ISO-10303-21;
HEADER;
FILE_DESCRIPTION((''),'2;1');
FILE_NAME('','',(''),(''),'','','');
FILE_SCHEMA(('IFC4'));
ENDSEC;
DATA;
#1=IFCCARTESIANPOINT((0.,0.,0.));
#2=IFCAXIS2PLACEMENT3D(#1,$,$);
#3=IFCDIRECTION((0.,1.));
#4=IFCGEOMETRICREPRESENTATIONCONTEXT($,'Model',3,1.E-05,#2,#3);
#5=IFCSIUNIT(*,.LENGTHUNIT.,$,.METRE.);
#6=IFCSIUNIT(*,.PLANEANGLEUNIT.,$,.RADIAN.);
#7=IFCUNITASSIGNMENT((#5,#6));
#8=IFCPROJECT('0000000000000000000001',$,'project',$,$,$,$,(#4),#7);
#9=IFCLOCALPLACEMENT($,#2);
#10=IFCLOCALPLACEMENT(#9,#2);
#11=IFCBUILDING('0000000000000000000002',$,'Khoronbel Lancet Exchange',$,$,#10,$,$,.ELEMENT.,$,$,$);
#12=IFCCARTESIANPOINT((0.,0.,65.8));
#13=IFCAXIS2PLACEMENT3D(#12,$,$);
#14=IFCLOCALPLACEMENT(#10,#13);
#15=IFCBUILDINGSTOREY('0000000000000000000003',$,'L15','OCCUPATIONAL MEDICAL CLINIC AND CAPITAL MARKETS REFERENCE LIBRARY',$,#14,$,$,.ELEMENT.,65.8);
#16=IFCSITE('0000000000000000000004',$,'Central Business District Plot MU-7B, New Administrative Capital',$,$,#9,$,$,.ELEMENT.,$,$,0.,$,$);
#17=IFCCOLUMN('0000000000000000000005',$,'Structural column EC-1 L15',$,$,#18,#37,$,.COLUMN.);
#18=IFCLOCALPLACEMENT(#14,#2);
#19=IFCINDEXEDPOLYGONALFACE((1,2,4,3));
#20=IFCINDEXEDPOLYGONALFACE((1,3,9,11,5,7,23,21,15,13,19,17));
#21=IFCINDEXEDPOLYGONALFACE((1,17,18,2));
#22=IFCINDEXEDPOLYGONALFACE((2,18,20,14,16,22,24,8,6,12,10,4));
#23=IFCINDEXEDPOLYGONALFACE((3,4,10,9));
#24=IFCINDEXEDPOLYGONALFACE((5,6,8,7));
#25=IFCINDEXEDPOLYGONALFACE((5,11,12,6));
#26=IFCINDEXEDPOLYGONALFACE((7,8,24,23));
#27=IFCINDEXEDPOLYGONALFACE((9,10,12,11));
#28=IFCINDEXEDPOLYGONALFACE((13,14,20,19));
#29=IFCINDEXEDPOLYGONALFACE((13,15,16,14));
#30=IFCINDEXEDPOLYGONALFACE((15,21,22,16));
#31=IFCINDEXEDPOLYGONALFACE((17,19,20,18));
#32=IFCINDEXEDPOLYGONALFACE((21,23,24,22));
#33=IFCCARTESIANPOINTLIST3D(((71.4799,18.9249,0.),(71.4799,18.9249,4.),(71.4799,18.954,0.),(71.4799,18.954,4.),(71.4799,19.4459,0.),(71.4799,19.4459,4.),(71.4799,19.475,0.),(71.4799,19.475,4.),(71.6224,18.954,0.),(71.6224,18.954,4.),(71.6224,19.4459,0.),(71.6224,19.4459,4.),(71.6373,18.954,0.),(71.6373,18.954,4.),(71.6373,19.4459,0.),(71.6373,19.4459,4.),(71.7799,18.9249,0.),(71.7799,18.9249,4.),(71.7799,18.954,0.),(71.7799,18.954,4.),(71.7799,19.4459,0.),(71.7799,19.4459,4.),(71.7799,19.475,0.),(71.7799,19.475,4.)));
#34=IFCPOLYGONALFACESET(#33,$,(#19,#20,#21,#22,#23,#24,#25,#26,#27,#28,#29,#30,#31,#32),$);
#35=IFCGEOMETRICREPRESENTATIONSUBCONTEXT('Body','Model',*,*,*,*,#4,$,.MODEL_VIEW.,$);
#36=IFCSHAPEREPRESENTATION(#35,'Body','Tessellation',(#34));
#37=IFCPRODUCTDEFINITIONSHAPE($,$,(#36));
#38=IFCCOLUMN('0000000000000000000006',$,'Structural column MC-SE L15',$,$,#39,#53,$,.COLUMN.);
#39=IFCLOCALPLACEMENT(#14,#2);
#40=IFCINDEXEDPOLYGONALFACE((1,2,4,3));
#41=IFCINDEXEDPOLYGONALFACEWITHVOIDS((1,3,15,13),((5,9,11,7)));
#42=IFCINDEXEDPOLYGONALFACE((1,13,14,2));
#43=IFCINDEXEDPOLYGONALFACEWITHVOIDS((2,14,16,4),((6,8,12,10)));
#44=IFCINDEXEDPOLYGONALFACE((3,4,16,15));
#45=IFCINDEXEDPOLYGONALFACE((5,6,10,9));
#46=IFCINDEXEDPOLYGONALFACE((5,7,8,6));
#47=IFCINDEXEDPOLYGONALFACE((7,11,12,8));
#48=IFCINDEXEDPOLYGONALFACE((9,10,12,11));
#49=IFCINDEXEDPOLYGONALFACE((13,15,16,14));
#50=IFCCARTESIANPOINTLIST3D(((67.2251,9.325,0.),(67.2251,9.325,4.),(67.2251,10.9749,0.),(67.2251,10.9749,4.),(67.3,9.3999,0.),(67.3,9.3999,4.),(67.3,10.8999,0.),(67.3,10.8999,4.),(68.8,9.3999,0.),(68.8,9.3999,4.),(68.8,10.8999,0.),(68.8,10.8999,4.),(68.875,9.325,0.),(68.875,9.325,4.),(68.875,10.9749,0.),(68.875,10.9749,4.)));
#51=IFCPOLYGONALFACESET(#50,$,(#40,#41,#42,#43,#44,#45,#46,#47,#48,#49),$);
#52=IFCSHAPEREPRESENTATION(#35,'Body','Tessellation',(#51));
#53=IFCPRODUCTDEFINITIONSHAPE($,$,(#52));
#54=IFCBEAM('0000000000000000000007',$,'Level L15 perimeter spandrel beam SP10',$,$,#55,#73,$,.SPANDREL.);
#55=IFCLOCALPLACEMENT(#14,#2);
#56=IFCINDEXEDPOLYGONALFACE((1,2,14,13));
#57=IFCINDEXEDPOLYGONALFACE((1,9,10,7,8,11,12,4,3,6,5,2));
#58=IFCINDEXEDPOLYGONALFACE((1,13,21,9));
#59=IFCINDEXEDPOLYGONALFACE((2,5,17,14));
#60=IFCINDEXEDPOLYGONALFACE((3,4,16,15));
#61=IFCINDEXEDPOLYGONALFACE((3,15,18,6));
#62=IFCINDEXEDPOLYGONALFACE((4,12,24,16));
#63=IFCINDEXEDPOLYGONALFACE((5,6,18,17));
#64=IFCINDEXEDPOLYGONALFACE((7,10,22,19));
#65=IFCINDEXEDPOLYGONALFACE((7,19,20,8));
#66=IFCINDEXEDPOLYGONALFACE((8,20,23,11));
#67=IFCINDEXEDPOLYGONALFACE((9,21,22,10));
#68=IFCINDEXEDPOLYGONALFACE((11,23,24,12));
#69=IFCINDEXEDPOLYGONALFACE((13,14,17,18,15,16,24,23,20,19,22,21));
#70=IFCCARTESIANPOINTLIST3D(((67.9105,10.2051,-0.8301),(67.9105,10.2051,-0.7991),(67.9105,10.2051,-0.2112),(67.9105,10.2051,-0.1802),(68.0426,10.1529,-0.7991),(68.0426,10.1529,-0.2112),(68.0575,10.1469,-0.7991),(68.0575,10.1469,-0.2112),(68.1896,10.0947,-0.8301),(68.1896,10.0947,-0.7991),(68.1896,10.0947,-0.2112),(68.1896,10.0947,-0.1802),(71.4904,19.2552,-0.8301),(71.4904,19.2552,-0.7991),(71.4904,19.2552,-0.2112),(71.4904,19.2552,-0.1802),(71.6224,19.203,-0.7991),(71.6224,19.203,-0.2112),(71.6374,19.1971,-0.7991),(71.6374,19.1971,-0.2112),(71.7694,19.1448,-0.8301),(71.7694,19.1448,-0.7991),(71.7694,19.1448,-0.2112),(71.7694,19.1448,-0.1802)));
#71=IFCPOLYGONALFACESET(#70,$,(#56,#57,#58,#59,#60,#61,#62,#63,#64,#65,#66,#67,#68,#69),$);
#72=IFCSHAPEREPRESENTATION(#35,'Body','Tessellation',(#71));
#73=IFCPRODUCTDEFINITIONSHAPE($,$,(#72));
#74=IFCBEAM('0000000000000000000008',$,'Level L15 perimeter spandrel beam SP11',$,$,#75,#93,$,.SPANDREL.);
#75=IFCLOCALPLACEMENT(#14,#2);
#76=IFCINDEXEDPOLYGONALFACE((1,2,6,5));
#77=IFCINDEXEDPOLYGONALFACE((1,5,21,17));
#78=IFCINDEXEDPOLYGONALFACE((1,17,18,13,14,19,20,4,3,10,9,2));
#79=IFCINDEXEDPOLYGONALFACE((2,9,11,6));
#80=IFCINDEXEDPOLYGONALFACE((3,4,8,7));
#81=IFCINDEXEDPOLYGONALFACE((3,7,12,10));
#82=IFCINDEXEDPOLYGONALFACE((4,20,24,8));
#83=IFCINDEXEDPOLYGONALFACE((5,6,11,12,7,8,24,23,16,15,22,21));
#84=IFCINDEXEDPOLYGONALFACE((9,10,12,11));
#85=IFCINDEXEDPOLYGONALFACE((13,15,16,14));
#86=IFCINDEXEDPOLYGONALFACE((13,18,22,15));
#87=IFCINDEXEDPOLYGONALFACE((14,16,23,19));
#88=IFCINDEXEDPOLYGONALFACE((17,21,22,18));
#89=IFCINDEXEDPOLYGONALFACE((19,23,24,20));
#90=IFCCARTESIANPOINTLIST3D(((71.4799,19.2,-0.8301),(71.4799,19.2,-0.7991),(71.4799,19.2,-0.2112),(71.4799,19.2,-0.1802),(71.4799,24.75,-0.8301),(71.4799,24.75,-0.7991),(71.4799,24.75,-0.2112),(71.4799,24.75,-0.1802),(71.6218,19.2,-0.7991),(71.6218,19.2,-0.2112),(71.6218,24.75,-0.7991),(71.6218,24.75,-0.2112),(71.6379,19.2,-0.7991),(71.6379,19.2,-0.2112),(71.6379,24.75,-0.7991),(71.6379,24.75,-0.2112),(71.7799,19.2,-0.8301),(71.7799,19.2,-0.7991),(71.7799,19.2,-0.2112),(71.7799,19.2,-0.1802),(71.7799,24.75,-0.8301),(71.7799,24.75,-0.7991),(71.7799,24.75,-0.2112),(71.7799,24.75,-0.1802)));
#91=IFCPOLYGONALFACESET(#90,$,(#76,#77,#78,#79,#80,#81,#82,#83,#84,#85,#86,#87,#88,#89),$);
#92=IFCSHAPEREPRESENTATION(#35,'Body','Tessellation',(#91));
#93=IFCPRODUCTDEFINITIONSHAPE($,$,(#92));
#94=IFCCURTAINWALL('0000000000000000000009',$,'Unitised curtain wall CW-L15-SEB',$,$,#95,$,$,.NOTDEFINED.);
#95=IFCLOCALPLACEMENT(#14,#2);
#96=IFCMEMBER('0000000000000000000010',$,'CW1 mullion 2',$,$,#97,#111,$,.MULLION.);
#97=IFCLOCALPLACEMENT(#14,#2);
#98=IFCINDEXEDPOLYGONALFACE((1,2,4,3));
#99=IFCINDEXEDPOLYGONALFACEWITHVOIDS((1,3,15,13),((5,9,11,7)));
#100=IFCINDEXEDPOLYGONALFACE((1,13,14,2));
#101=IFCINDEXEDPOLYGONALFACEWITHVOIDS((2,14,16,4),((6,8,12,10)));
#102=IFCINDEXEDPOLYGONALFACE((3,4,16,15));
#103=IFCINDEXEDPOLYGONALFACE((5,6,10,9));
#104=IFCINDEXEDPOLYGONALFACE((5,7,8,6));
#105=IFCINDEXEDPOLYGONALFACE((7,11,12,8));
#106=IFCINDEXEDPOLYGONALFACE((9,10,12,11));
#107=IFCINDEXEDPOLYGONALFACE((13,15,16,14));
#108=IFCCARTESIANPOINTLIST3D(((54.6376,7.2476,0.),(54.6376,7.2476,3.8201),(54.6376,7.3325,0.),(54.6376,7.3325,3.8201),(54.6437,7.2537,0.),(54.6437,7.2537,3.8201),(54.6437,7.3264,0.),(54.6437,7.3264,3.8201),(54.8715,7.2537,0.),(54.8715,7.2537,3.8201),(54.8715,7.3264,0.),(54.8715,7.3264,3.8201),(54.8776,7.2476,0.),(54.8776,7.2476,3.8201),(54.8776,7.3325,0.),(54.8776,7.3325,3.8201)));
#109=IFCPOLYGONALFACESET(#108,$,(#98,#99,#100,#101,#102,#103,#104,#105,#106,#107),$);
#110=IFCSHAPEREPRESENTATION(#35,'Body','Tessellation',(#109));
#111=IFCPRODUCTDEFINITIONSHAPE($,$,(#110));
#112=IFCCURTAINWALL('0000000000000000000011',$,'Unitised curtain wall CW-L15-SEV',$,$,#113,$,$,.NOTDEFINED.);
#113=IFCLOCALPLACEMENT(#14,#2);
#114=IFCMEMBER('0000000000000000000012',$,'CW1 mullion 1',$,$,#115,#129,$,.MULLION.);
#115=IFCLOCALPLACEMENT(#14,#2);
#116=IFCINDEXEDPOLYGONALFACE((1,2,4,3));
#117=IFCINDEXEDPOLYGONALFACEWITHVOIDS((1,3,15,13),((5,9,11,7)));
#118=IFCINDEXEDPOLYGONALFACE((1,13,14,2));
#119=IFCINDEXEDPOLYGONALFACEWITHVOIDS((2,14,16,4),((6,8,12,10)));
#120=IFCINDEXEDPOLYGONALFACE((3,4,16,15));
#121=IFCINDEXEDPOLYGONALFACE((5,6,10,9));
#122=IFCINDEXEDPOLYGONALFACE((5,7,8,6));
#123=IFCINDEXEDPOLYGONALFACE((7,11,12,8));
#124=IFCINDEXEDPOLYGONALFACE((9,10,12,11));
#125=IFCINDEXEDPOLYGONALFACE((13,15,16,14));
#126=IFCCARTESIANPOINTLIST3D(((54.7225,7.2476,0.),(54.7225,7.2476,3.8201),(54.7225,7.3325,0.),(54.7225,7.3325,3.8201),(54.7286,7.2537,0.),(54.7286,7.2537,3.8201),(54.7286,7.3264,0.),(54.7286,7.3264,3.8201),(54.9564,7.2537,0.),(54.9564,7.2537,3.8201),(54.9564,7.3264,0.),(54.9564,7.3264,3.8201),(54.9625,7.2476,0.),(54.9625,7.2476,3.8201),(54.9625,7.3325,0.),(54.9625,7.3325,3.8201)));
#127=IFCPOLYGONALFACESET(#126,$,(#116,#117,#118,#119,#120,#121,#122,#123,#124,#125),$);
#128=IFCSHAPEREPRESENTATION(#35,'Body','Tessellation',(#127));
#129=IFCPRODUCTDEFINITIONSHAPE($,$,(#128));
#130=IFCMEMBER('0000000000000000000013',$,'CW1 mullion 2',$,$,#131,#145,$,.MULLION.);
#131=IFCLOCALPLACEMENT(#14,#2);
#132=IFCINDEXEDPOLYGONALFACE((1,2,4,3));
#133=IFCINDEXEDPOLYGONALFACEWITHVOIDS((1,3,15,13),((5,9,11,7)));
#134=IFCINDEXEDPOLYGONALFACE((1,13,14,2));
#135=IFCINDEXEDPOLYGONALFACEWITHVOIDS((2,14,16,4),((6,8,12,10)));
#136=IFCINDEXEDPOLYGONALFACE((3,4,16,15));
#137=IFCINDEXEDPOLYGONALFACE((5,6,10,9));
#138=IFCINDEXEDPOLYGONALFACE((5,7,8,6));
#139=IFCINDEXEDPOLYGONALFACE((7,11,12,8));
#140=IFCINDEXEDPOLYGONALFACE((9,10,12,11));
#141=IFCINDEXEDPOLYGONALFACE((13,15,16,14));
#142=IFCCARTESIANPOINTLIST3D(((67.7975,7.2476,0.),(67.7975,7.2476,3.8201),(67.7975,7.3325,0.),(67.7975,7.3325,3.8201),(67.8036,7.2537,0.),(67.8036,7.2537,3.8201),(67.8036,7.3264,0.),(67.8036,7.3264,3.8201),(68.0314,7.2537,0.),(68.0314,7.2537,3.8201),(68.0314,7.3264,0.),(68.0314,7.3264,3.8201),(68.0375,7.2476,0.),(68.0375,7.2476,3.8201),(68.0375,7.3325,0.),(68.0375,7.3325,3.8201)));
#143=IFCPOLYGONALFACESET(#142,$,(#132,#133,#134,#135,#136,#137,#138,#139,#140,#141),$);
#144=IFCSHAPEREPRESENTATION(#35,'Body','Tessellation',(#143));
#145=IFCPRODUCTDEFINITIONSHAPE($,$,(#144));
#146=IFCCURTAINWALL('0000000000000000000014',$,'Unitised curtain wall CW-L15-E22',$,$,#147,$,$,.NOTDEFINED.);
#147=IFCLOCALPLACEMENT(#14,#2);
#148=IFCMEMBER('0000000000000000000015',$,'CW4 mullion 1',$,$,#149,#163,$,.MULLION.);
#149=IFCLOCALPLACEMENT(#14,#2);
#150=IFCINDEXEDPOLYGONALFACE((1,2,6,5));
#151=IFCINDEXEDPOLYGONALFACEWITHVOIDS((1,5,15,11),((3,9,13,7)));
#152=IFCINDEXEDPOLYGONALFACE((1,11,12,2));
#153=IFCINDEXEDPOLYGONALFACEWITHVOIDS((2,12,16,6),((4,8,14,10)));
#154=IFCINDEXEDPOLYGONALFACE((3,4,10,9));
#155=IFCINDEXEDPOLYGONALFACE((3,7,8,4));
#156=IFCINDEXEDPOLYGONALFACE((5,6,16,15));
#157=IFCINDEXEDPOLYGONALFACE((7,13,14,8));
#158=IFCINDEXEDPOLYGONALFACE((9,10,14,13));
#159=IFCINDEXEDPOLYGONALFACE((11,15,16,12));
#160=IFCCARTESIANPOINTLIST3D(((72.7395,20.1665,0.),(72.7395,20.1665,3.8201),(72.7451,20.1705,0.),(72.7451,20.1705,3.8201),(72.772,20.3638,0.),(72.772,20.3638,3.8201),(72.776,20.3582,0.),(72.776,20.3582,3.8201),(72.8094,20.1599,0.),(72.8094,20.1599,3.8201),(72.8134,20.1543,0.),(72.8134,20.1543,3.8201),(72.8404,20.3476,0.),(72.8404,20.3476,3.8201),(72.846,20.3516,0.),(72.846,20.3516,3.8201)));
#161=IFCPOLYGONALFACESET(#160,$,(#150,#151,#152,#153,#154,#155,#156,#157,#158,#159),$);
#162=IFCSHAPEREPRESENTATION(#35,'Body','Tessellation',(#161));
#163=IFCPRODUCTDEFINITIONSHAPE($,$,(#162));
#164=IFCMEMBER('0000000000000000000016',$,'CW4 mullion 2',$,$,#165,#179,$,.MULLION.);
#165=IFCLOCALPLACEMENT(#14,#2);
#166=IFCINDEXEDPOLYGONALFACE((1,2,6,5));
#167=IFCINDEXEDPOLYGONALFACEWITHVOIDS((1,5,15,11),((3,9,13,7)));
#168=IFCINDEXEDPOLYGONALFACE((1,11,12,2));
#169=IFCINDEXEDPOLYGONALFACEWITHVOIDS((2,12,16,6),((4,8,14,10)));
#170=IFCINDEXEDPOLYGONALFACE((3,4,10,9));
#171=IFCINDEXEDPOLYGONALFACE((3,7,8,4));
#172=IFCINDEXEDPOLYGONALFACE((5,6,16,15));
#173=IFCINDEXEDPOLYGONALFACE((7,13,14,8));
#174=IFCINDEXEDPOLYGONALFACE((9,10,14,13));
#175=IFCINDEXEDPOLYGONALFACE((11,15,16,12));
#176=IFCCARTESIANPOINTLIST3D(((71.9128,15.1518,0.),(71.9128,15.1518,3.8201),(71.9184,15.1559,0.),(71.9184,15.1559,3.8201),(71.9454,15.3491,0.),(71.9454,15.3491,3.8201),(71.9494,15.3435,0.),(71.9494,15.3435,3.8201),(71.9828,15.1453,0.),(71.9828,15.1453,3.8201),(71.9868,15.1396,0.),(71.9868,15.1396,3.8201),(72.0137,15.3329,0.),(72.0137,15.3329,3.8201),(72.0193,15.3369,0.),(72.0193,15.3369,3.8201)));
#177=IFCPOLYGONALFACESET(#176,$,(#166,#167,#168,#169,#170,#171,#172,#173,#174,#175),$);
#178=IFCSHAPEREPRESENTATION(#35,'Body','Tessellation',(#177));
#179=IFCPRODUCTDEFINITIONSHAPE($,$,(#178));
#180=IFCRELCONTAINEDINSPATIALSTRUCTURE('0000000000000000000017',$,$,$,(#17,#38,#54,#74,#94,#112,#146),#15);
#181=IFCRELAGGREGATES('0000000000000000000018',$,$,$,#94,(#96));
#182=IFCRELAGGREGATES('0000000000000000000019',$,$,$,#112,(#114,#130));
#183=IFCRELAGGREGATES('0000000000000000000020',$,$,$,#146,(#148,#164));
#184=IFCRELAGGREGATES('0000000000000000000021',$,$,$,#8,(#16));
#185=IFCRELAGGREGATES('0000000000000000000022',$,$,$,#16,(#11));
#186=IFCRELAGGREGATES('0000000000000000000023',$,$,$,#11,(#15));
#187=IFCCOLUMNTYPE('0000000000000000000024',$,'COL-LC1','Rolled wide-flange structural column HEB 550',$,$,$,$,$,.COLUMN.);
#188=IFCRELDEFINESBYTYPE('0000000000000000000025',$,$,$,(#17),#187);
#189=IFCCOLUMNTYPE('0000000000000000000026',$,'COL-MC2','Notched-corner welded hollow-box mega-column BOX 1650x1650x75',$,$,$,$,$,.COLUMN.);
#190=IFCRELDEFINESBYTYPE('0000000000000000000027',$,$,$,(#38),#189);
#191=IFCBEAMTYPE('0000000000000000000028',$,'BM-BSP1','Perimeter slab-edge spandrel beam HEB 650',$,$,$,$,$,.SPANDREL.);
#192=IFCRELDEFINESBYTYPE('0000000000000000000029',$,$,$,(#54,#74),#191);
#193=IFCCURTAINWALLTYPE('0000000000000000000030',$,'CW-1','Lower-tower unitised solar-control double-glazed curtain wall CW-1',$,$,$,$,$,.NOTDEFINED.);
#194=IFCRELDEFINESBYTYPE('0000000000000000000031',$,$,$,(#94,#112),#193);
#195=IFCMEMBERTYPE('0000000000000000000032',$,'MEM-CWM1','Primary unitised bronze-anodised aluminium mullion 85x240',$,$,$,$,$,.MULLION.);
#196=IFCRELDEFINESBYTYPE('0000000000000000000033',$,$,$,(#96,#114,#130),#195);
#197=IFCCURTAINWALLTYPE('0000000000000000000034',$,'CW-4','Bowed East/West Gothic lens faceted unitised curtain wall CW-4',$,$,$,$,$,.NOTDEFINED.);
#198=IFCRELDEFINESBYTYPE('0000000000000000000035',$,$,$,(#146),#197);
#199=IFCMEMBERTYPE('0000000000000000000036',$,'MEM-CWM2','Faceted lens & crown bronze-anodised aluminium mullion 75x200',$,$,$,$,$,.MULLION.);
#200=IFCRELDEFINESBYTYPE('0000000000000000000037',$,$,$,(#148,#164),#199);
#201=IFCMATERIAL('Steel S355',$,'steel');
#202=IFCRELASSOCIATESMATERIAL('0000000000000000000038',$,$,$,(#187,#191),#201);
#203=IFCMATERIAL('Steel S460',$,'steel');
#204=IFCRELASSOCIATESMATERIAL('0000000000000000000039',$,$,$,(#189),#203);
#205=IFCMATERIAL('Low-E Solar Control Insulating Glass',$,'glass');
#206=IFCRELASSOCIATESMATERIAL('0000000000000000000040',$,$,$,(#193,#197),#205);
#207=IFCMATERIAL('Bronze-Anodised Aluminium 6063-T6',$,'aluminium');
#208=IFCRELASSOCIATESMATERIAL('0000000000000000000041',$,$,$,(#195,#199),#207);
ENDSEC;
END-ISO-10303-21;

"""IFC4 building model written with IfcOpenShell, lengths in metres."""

from ifc_helpers import new_model, si_unit, direction, frame, origin, origin_2d, place, context, subcontext, project, spatial, hollow_rectangle, i_section, extrude, material, material_profile, profile_set, type_object, element, aggregate, save


model = new_model("IFC4")

# Units and contexts
model_context = context("Model", 3, precision=1e-05, world=origin(), true_north=direction((0.0, 1.0)))
body_context = subcontext(model_context, "Body", "Model", "MODEL_VIEW")
ifc_project = project(units=[si_unit("LENGTHUNIT", "METRE"), si_unit("PLANEANGLEUNIT", "RADIAN")], contexts=[model_context])

# Site, building, storey
site_placement = place(None, origin())
site = spatial("IfcSite", under=ifc_project, at=site_placement, Name="Central Business District Plot MU-7B, New Administrative Capital", CompositionType="ELEMENT", RefElevation=0.0)
building_placement = place(site_placement, origin())
building = spatial("IfcBuilding", under=site, at=building_placement, Name="Khoronbel Lancet Exchange", CompositionType="ELEMENT")
storey_placement = place(building_placement, frame((0.0, 0.0, 65.8)))
storey = spatial("IfcBuildingStorey", under=building, at=storey_placement, Name="L15", Description="OCCUPATIONAL MEDICAL CLINIC AND CAPITAL MARKETS REFERENCE LIBRARY", CompositionType="ELEMENT", Elevation=65.8)

# Columns
ifc_material_1 = material(Name="Steel S355", Category="steel")
ifc_material_profile_1 = material_profile(ifc_material_1, i_section(OverallWidth=0.3, OverallDepth=0.55, WebThickness=0.0149, FlangeThickness=0.0291, at=origin_2d()), Name="HEB 550")
ifc_profile_set_1 = profile_set([ifc_material_profile_1], Name="Steel S355")
column_type_1 = type_object("IfcColumnType", Name="COL-LC1", Description="Rolled wide-flange structural column HEB 550", PredefinedType="COLUMN", material=ifc_profile_set_1)
column_1_placement = place(storey_placement, frame((71.6299, 19.2, 0.0), z_axis=(0.0, 0.0, 1.0), x_axis=(1.0, 0.0, 0.0)))
element("IfcColumn", 1, at=column_1_placement, inside=storey, type_object=column_type_1, Name="Structural column EC-1 L15", PredefinedType="COLUMN", context=body_context, shape_type="SweptSolid", body=[
    extrude(i_section(OverallWidth=0.3, OverallDepth=0.55, WebThickness=0.0149, FlangeThickness=0.0291, at=origin_2d()), origin(), (0.0, 0.0, 1.0), 4.0),
])
ifc_material_2 = material(Name="Steel S460", Category="steel")
ifc_material_profile_2 = material_profile(ifc_material_2, hollow_rectangle(XDim=1.6499, YDim=1.6499, WallThickness=0.075, at=origin_2d()), Name="BOX 1650x1650x75")
ifc_profile_set_2 = profile_set([ifc_material_profile_2], Name="Steel S460")
column_type_2 = type_object("IfcColumnType", Name="COL-MC2", Description="Notched-corner welded hollow-box mega-column BOX 1650x1650x75", PredefinedType="COLUMN", material=ifc_profile_set_2)
column_2_placement = place(storey_placement, frame((68.05, 10.1499, 0.0), z_axis=(0.0, 0.0, 1.0), x_axis=(1.0, 0.0, 0.0)))
element("IfcColumn", 2, at=column_2_placement, inside=storey, type_object=column_type_2, Name="Structural column MC-SE L15", PredefinedType="COLUMN", context=body_context, shape_type="SweptSolid", body=[
    extrude(hollow_rectangle(XDim=1.6499, YDim=1.6499, WallThickness=0.075, at=origin_2d()), origin(), (0.0, 0.0, 1.0), 4.0),
])

# Beams
ifc_material_profile_3 = material_profile(ifc_material_1, i_section(OverallWidth=0.3, OverallDepth=0.6499, WebThickness=0.0161, FlangeThickness=0.031, at=origin_2d()), Name="HEB 650")
ifc_profile_set_3 = profile_set([ifc_material_profile_3], Name="Steel S355")
beam_type = type_object("IfcBeamType", Name="BM-BSP1", Description="Perimeter slab-edge spandrel beam HEB 650", PredefinedType="SPANDREL", material=ifc_profile_set_3)
beam_1_placement = place(storey_placement, frame((68.05, 10.1499, -0.5051), z_axis=(0.367828, 0.929894, 0.0), x_axis=(-0.929894, 0.367828, 0.0)))
element("IfcBeam", 3, at=beam_1_placement, inside=storey, type_object=beam_type, Name="Level L15 perimeter spandrel beam SP10", PredefinedType="SPANDREL", context=body_context, shape_type="SweptSolid", body=[
    extrude(i_section(OverallWidth=0.3, OverallDepth=0.6499, WebThickness=0.0161, FlangeThickness=0.031, at=origin_2d()), origin(), (0.0, 0.0, 1.0), 9.7324),
])
beam_2_placement = place(storey_placement, frame((71.6299, 19.2, -0.5051), z_axis=(0.0, 1.0, 0.0), x_axis=(-1.0, 0.0, 0.0)))
element("IfcBeam", 4, at=beam_2_placement, inside=storey, type_object=beam_type, Name="Level L15 perimeter spandrel beam SP11", PredefinedType="SPANDREL", context=body_context, shape_type="SweptSolid", body=[
    extrude(i_section(OverallWidth=0.3, OverallDepth=0.6499, WebThickness=0.0161, FlangeThickness=0.031, at=origin_2d()), origin(), (0.0, 0.0, 1.0), 5.55),
])

# Curtain wall, member
ifc_material_3 = material(Name="Low-E Solar Control Insulating Glass", Category="glass")
curtain_wall_type_1 = type_object("IfcCurtainWallType", Name="CW-1", Description="Lower-tower unitised solar-control double-glazed curtain wall CW-1", PredefinedType="NOTDEFINED", material=ifc_material_3)
curtain_wall_1_placement = place(storey_placement, origin())
curtain_wall_1 = element("IfcCurtainWall", 5, at=curtain_wall_1_placement, inside=storey, type_object=curtain_wall_type_1, Name="Unitised curtain wall CW-L15-SEB", PredefinedType="NOTDEFINED")
ifc_material_4 = material(Name="Bronze-Anodised Aluminium 6063-T6", Category="aluminium")
ifc_material_profile_4 = material_profile(ifc_material_4, hollow_rectangle(XDim=0.085, YDim=0.24, WallThickness=0.0061, at=origin_2d()), Name="ALU MULLION 85x240")
ifc_profile_set_4 = profile_set([ifc_material_profile_4], Name="Bronze-Anodised Aluminium 6063-T6")
member_type_1 = type_object("IfcMemberType", Name="MEM-CWM1", Description="Primary unitised bronze-anodised aluminium mullion 85x240", PredefinedType="MULLION", material=ifc_profile_set_4)
member_1_placement = place(storey_placement, frame((54.7576, 7.29, 0.0), z_axis=(0.0, 0.0, 1.0), x_axis=(0.0, 1.0, 0.0)))
member_1 = element("IfcMember", 6, at=member_1_placement, type_object=member_type_1, Name="CW1 mullion 2", PredefinedType="MULLION", context=body_context, shape_type="SweptSolid", body=[
    extrude(hollow_rectangle(XDim=0.085, YDim=0.24, WallThickness=0.0061, at=origin_2d()), origin(), (0.0, 0.0, 1.0), 3.8201),
])
aggregate(curtain_wall_1, [member_1])

# Curtain walls, members
curtain_wall_2_placement = place(storey_placement, origin())
curtain_wall_2 = element("IfcCurtainWall", 7, at=curtain_wall_2_placement, inside=storey, type_object=curtain_wall_type_1, Name="Unitised curtain wall CW-L15-SEV", PredefinedType="NOTDEFINED")
member_2_placement = place(storey_placement, frame((54.8425, 7.29, 0.0), z_axis=(0.0, 0.0, 1.0), x_axis=(0.0, 1.0, 0.0)))
member_2 = element("IfcMember", 8, at=member_2_placement, type_object=member_type_1, Name="CW1 mullion 1", PredefinedType="MULLION", context=body_context, shape_type="SweptSolid", body=[
    extrude(hollow_rectangle(XDim=0.085, YDim=0.24, WallThickness=0.0061, at=origin_2d()), origin(), (0.0, 0.0, 1.0), 3.8201),
])
member_3_placement = place(storey_placement, frame((67.9175, 7.29, 0.0), z_axis=(0.0, 0.0, 1.0), x_axis=(0.0, 1.0, 0.0)))
member_3 = element("IfcMember", 9, at=member_3_placement, type_object=member_type_1, Name="CW1 mullion 2", PredefinedType="MULLION", context=body_context, shape_type="SweptSolid", body=[
    extrude(hollow_rectangle(XDim=0.085, YDim=0.24, WallThickness=0.0061, at=origin_2d()), origin(), (0.0, 0.0, 1.0), 3.8201),
])
curtain_wall_type_2 = type_object("IfcCurtainWallType", Name="CW-4", Description="Bowed East/West Gothic lens faceted unitised curtain wall CW-4", PredefinedType="NOTDEFINED", material=ifc_material_3)
curtain_wall_3_placement = place(storey_placement, origin())
curtain_wall_3 = element("IfcCurtainWall", 10, at=curtain_wall_3_placement, inside=storey, type_object=curtain_wall_type_2, Name="Unitised curtain wall CW-L15-E22", PredefinedType="NOTDEFINED")
ifc_material_profile_5 = material_profile(ifc_material_4, hollow_rectangle(XDim=0.075, YDim=0.2, WallThickness=0.0049, at=origin_2d()), Name="ALU MULLION 75x200")
ifc_profile_set_5 = profile_set([ifc_material_profile_5], Name="Bronze-Anodised Aluminium 6063-T6")
member_type_2 = type_object("IfcMemberType", Name="MEM-CWM2", Description="Faceted lens & crown bronze-anodised aluminium mullion 75x200", PredefinedType="MULLION", material=ifc_profile_set_5)
member_4_placement = place(storey_placement, frame((72.7927, 20.259, 0.0), z_axis=(0.0, 0.0, 1.0), x_axis=(0.986682, -0.162663, 0.0)))
member_4 = element("IfcMember", 11, at=member_4_placement, type_object=member_type_2, Name="CW4 mullion 1", PredefinedType="MULLION", context=body_context, shape_type="SweptSolid", body=[
    extrude(hollow_rectangle(XDim=0.075, YDim=0.2, WallThickness=0.0049, at=origin_2d()), origin(), (0.0, 0.0, 1.0), 3.8201),
])
member_5_placement = place(storey_placement, frame((71.9661, 15.2444, 0.0), z_axis=(0.0, 0.0, 1.0), x_axis=(0.986682, -0.162663, 0.0)))
member_5 = element("IfcMember", 12, at=member_5_placement, type_object=member_type_2, Name="CW4 mullion 2", PredefinedType="MULLION", context=body_context, shape_type="SweptSolid", body=[
    extrude(hollow_rectangle(XDim=0.075, YDim=0.2, WallThickness=0.0049, at=origin_2d()), origin(), (0.0, 0.0, 1.0), 3.8201),
])

aggregate(curtain_wall_2, [member_2, member_3])
aggregate(curtain_wall_3, [member_4, member_5])

save(model, "model.ifc")
